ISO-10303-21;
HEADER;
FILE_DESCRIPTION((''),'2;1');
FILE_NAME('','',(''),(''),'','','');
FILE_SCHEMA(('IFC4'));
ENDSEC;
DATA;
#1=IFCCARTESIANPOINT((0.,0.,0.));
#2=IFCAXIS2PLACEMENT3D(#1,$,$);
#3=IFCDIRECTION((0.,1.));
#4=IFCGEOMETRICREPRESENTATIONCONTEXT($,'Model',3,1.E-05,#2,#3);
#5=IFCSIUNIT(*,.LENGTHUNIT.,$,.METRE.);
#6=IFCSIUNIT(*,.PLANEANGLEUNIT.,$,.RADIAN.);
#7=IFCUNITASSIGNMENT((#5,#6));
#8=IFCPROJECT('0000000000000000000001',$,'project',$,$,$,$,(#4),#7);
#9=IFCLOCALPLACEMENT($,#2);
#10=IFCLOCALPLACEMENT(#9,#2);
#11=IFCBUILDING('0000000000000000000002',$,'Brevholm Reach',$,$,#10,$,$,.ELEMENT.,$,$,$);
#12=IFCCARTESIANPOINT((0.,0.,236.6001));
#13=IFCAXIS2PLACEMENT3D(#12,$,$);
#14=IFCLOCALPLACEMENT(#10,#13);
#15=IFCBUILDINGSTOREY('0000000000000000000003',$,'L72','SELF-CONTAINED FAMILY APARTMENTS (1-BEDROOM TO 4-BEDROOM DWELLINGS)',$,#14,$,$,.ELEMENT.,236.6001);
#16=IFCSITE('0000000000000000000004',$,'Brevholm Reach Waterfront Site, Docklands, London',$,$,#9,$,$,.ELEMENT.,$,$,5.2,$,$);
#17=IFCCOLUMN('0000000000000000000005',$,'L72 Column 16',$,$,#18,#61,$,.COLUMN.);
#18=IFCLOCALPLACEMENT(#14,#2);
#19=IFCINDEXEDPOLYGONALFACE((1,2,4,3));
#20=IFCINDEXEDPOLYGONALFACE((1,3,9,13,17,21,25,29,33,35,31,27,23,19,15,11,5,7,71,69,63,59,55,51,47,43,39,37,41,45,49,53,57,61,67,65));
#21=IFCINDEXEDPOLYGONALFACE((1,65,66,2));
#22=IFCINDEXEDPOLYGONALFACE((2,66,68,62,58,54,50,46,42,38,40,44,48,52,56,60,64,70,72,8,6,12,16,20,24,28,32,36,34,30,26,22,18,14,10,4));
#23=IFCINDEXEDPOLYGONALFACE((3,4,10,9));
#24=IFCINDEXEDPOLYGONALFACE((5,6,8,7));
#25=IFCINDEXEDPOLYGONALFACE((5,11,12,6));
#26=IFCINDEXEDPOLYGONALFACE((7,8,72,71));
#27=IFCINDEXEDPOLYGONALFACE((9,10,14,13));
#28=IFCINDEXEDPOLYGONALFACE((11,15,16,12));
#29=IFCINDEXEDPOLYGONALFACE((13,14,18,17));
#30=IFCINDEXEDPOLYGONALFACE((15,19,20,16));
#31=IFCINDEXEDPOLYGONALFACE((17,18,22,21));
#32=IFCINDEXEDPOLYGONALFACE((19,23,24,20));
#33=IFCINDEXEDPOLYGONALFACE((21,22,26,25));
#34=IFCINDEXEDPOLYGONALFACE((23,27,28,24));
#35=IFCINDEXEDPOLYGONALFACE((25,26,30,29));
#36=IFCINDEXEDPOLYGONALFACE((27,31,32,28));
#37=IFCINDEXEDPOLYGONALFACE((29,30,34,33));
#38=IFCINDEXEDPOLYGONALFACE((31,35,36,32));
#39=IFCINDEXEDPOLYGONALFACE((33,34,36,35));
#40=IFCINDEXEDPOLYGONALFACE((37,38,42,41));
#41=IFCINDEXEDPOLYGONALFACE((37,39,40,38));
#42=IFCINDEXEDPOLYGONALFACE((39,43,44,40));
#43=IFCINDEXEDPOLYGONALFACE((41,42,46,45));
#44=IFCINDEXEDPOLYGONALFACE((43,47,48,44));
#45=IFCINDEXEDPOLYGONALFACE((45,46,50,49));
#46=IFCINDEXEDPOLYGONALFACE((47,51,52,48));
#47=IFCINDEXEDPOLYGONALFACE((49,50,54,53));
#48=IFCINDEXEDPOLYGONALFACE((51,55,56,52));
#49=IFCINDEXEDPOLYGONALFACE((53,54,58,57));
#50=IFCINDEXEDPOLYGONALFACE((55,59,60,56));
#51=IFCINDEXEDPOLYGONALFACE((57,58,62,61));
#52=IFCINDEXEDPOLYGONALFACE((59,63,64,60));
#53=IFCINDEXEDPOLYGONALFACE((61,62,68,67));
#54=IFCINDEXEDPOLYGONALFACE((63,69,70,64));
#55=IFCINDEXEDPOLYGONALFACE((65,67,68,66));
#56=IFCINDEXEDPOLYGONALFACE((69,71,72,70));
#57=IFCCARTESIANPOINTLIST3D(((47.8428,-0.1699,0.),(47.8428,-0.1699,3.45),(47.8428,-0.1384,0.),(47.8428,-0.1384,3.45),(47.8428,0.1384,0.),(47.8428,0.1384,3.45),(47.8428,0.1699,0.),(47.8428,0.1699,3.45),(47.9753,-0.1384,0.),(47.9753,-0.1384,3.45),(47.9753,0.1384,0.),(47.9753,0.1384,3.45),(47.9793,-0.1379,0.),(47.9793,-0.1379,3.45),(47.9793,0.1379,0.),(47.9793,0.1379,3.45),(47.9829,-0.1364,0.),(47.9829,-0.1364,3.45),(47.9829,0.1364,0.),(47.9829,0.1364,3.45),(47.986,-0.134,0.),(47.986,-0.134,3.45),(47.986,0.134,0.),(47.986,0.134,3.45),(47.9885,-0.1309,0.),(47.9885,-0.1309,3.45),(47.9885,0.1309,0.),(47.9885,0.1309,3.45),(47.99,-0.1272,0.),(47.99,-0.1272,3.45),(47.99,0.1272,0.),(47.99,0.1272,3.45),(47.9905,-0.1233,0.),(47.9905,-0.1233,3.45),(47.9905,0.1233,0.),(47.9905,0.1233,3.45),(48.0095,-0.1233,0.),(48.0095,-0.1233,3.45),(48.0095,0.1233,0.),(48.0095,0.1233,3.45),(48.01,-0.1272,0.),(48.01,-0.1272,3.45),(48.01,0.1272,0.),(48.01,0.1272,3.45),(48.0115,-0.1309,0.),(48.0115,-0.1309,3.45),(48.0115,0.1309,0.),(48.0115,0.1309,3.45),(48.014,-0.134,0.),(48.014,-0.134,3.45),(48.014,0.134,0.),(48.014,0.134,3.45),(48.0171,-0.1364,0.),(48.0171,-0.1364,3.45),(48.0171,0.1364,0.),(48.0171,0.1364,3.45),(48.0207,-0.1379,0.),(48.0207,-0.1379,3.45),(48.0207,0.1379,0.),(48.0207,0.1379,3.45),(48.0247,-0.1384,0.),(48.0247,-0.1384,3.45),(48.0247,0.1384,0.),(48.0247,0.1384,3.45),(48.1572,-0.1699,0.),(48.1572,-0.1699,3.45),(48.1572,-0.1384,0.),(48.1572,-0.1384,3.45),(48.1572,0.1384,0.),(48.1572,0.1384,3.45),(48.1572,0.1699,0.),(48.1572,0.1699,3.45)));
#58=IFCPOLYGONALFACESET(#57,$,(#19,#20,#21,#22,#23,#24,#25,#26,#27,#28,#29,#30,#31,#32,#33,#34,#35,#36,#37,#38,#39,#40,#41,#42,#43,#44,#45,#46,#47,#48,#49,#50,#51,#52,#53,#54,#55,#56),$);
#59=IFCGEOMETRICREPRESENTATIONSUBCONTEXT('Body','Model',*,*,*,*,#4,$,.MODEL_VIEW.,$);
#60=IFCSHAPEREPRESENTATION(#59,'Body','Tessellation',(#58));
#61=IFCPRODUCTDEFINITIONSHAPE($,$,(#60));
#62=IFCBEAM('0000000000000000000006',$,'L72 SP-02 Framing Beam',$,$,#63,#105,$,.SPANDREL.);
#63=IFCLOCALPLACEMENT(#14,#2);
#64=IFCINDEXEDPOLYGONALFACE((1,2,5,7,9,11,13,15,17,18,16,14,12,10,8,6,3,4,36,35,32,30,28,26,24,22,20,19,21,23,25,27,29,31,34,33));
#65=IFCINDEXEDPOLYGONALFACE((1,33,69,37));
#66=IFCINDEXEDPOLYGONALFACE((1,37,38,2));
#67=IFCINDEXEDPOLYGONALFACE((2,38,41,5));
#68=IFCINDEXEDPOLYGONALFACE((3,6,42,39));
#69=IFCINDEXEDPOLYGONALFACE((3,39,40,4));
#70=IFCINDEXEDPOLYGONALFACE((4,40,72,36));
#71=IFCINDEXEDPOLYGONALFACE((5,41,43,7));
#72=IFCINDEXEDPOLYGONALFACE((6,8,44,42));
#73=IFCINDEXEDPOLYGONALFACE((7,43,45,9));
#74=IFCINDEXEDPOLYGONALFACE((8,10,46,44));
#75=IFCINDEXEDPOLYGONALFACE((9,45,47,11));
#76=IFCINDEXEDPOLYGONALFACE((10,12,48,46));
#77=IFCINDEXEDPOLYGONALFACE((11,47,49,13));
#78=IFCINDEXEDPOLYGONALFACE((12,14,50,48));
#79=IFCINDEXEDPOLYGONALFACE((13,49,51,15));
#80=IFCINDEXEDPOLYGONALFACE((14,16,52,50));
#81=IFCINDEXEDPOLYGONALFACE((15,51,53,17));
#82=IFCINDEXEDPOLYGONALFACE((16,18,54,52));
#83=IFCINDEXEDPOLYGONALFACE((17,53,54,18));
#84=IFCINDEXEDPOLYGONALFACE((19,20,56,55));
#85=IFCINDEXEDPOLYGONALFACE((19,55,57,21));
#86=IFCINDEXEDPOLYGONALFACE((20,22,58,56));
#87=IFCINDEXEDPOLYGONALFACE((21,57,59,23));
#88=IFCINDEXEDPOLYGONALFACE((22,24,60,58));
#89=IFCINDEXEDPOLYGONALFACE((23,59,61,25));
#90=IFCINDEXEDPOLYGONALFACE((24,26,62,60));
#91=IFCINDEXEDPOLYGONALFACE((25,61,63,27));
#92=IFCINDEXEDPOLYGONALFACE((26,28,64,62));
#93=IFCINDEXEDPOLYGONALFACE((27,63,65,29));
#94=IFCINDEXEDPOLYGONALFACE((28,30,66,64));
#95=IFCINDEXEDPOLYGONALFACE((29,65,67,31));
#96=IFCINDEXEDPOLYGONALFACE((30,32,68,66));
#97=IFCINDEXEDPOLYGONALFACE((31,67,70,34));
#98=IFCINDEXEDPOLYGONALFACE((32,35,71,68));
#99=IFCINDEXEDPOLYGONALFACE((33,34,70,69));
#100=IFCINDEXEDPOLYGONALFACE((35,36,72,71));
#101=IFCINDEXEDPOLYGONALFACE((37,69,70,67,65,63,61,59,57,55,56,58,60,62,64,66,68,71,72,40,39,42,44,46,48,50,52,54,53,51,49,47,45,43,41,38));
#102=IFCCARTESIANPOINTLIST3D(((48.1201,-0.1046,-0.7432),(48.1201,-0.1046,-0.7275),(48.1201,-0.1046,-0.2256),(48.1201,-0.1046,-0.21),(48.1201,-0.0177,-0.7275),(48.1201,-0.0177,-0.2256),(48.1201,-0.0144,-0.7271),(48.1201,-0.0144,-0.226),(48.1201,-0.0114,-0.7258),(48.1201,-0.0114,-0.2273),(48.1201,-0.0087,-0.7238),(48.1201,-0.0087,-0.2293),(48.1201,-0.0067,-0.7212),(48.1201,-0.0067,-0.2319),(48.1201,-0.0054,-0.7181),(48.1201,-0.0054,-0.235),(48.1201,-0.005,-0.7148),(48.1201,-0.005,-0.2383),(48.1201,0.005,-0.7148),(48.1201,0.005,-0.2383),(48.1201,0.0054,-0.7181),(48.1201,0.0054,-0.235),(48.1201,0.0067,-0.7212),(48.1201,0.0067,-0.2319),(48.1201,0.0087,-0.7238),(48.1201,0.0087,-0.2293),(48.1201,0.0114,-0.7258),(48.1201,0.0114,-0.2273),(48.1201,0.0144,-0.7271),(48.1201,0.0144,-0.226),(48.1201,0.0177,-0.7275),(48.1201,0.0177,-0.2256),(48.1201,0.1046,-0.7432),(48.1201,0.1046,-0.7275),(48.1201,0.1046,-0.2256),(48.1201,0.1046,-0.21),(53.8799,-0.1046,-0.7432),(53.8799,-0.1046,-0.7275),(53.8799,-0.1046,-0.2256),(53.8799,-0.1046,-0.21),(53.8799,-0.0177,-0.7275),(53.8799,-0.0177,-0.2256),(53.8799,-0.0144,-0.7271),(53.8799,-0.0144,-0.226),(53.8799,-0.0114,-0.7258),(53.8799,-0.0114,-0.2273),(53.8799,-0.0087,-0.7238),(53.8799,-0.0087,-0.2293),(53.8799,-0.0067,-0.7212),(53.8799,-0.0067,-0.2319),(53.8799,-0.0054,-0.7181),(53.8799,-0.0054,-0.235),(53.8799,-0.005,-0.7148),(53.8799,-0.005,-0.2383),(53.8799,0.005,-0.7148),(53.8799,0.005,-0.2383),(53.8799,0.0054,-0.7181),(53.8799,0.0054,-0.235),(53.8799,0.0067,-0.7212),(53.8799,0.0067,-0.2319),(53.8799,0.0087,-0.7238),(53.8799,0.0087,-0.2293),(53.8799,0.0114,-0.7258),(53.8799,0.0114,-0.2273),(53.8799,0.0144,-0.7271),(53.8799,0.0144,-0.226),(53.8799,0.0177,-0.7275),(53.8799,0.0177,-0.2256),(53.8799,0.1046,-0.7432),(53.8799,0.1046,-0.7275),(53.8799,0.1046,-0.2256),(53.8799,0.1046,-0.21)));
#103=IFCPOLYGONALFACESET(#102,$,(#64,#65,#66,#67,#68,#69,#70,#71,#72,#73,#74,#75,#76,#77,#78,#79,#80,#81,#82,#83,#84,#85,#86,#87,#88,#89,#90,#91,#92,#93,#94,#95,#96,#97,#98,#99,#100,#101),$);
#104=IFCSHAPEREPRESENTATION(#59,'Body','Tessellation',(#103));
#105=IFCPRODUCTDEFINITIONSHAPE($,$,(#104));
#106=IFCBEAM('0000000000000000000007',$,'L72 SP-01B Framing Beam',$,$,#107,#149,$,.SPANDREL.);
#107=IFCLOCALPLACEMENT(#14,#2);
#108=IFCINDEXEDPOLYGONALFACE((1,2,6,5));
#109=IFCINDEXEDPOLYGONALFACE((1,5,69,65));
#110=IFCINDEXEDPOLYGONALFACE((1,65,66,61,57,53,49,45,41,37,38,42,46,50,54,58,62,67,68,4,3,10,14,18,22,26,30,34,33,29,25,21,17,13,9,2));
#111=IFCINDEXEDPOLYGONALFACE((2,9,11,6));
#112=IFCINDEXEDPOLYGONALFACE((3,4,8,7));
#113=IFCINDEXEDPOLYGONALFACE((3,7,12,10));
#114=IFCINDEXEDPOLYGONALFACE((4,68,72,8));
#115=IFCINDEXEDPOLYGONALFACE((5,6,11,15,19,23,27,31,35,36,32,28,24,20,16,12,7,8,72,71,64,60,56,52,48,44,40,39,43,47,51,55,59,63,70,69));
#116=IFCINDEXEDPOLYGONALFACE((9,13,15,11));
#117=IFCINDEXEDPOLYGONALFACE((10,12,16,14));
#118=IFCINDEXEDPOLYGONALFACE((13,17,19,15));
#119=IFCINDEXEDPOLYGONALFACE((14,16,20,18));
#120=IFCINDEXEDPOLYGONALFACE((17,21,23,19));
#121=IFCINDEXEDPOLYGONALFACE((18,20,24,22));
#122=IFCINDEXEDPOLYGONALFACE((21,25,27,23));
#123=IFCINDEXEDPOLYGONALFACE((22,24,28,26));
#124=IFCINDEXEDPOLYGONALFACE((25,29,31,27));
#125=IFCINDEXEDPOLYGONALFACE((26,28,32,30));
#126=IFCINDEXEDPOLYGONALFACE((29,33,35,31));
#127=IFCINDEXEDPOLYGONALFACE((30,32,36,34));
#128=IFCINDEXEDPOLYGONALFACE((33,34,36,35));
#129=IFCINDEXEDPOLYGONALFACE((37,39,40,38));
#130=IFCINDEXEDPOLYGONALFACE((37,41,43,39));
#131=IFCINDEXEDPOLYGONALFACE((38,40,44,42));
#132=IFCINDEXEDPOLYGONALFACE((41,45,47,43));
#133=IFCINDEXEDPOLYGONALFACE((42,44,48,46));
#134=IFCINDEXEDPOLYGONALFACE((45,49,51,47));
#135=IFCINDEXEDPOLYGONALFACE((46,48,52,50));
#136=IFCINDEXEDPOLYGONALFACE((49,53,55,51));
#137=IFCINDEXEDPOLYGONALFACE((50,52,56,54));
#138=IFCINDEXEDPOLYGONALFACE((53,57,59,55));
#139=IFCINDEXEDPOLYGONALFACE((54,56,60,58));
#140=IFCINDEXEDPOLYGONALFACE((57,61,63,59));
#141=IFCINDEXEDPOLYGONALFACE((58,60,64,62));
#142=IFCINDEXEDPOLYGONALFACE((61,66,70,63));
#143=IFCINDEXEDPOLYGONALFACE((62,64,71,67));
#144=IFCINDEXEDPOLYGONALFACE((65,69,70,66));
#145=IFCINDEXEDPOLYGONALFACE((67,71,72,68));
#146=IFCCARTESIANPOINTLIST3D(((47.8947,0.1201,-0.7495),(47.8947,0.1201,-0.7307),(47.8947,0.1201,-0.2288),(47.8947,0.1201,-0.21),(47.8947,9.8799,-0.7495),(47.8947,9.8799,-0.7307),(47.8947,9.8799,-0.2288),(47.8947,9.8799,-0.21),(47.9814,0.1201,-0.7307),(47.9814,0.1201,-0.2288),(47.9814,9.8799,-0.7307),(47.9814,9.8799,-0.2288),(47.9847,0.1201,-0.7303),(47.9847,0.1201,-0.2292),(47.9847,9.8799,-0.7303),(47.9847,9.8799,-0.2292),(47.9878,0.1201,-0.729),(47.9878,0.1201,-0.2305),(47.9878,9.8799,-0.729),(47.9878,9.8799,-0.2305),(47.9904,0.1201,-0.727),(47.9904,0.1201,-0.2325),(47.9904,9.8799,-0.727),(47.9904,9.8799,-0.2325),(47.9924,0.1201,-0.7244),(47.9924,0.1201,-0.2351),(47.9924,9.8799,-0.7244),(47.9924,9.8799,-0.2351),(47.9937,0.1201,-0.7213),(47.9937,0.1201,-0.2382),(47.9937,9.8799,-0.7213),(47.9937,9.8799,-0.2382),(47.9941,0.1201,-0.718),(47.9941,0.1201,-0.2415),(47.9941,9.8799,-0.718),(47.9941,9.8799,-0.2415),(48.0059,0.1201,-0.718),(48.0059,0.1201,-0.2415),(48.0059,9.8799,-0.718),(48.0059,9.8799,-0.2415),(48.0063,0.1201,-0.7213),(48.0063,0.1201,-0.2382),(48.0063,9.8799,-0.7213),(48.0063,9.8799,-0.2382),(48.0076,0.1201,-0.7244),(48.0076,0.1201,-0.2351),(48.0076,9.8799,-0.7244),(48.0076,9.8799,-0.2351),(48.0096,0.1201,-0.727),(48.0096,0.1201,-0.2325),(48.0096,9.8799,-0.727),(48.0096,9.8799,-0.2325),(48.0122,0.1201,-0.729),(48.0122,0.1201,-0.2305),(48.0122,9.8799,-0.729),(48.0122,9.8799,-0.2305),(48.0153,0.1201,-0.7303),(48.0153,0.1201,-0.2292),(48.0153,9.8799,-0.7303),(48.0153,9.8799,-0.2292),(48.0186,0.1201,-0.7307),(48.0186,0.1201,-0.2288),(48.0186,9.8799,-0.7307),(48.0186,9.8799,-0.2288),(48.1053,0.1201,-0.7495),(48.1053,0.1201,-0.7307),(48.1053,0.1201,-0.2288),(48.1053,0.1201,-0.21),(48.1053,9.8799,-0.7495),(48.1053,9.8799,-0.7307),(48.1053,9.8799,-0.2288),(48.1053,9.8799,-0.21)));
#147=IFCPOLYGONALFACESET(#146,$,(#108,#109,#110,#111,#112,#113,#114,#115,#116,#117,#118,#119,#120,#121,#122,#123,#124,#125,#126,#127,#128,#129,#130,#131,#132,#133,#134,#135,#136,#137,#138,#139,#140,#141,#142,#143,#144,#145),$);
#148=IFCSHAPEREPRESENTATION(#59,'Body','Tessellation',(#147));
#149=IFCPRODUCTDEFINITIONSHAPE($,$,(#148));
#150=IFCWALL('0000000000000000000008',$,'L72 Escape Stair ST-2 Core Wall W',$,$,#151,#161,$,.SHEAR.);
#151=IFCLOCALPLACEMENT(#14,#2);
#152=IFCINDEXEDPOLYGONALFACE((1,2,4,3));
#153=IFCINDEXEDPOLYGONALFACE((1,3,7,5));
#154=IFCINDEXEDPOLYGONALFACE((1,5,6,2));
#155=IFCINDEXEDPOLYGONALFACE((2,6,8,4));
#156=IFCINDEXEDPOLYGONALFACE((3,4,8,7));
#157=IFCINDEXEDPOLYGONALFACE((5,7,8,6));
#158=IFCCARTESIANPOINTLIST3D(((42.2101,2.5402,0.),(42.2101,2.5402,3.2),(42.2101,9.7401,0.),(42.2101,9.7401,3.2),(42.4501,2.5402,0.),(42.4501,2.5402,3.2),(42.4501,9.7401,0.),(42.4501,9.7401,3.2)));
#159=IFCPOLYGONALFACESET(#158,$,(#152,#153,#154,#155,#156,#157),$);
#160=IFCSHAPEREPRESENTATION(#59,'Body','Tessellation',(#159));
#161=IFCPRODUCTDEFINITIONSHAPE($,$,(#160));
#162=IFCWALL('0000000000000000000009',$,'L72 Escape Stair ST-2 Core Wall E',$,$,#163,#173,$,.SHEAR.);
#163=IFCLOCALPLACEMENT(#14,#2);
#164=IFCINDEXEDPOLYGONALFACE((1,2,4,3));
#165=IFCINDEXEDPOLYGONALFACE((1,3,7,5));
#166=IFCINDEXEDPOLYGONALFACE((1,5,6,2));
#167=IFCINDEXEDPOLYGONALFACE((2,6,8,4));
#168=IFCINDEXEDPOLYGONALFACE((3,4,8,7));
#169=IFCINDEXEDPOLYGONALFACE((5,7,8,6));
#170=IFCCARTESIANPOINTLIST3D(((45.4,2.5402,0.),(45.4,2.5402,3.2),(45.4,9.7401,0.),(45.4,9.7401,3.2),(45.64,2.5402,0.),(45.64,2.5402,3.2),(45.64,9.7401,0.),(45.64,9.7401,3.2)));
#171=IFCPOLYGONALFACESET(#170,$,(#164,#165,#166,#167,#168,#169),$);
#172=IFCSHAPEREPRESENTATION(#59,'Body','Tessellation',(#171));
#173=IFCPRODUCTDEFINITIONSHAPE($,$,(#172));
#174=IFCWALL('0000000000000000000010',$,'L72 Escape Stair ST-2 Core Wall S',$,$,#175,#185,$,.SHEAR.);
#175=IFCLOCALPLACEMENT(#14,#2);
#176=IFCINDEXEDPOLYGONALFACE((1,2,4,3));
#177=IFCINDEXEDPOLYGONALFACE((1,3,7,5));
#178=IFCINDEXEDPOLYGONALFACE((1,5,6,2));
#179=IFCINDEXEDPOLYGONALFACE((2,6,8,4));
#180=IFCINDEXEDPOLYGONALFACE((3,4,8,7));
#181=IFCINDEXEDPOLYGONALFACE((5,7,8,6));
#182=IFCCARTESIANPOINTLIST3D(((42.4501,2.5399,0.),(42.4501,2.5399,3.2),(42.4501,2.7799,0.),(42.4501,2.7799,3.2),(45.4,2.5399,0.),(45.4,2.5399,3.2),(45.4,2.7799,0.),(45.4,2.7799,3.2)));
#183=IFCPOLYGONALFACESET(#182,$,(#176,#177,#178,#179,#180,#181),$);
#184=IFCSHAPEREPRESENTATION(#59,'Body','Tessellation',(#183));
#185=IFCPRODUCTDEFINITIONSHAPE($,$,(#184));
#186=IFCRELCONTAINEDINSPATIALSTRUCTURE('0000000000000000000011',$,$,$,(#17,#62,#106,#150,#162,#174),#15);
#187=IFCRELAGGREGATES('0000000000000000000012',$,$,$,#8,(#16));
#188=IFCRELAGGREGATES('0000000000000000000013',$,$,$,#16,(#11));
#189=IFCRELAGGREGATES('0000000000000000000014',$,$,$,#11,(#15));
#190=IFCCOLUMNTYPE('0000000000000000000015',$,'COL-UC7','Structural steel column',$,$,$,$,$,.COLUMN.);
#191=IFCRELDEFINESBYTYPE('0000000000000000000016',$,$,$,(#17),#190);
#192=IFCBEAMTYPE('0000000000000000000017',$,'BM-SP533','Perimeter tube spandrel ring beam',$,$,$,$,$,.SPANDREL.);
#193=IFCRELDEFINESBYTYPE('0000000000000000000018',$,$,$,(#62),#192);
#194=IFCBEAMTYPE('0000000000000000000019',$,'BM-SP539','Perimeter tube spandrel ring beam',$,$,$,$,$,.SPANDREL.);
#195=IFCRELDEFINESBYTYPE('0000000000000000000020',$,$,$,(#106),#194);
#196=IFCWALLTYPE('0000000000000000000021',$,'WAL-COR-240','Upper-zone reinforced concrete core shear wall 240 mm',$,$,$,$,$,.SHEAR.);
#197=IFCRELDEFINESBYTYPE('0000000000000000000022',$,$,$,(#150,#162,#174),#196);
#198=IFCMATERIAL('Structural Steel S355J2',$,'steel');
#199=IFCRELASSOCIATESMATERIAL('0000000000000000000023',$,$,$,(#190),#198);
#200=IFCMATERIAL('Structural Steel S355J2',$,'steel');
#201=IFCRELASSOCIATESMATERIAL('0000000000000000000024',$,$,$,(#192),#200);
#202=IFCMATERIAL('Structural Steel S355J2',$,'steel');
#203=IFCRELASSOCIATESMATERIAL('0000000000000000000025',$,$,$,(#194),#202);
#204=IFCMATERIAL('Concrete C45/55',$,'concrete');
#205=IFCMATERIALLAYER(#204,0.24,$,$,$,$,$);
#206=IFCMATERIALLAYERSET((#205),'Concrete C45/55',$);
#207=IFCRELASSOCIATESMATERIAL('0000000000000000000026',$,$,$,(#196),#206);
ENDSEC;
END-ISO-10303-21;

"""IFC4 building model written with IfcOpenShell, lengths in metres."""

from ifc_helpers import new_model, si_unit, direction, frame, frame_2d, origin, origin_2d, place, context, subcontext, project, spatial, rectangle, i_section, extrude, material, layer, layer_set, material_profile, profile_set, type_object, element, save


model = new_model("IFC4")

# Units and contexts
model_context = context("Model", 3, precision=1e-05, world=origin(), true_north=direction((0.0, 1.0)))
body_context = subcontext(model_context, "Body", "Model", "MODEL_VIEW")
ifc_project = project(units=[si_unit("LENGTHUNIT", "METRE"), si_unit("PLANEANGLEUNIT", "RADIAN")], contexts=[model_context])

# Site, building, storey
site_placement = place(None, origin())
site = spatial("IfcSite", under=ifc_project, at=site_placement, Name="Brevholm Reach Waterfront Site, Docklands, London", CompositionType="ELEMENT", RefElevation=5.2)
building_placement = place(site_placement, origin())
building = spatial("IfcBuilding", under=site, at=building_placement, Name="Brevholm Reach", CompositionType="ELEMENT")
storey_placement = place(building_placement, frame((0.0, 0.0, 236.6001)))
storey = spatial("IfcBuildingStorey", under=building, at=storey_placement, Name="L72", Description="SELF-CONTAINED FAMILY APARTMENTS (1-BEDROOM TO 4-BEDROOM DWELLINGS)", CompositionType="ELEMENT", Elevation=236.6001)

# Column
ifc_material_1 = material(Name="Structural Steel S355J2", Category="steel")
ifc_material_profile_1 = material_profile(ifc_material_1, i_section(OverallWidth=0.3145, OverallDepth=0.3398, WebThickness=0.019, FlangeThickness=0.0315, FilletRadius=0.0151, at=origin_2d()), Name="UKC 305x305x198")
ifc_profile_set_1 = profile_set([ifc_material_profile_1], Name="Structural Steel S355J2")
column_type = type_object("IfcColumnType", Name="COL-UC7", Description="Structural steel column", PredefinedType="COLUMN", material=ifc_profile_set_1)
column_placement = place(storey_placement, frame((48.0, 0.0, 0.0), z_axis=(0.0, 0.0, 1.0), x_axis=(1.0, 0.0, 0.0)))
element("IfcColumn", 1, at=column_placement, inside=storey, type_object=column_type, Name="L72 Column 16", PredefinedType="COLUMN", context=body_context, shape_type="SweptSolid", body=[
    extrude(i_section(OverallWidth=0.3145, OverallDepth=0.3398, WebThickness=0.019, FlangeThickness=0.0315, FilletRadius=0.0151, at=origin_2d()), origin(), (0.0, 0.0, 1.0), 3.45),
])

# Beams
ifc_material_2 = material(Name="Structural Steel S355J2", Category="steel")
ifc_material_profile_2 = material_profile(ifc_material_2, i_section(OverallWidth=0.2092, OverallDepth=0.5332, WebThickness=0.01, FlangeThickness=0.0156, FilletRadius=0.0127, at=origin_2d()), Name="UKB 533x210x92")
ifc_profile_set_2 = profile_set([ifc_material_profile_2], Name="Structural Steel S355J2")
beam_type_1 = type_object("IfcBeamType", Name="BM-SP533", Description="Perimeter tube spandrel ring beam", PredefinedType="SPANDREL", material=ifc_profile_set_2)
beam_1_placement = place(storey_placement, frame((48.1201, 0.0, -0.4766), z_axis=(1.0, 0.0, 0.0), x_axis=(0.0, 1.0, 0.0)))
element("IfcBeam", 2, at=beam_1_placement, inside=storey, type_object=beam_type_1, Name="L72 SP-02 Framing Beam", PredefinedType="SPANDREL", context=body_context, shape_type="SweptSolid", body=[
    extrude(i_section(OverallWidth=0.2092, OverallDepth=0.5332, WebThickness=0.01, FlangeThickness=0.0156, FilletRadius=0.0127, at=origin_2d()), origin(), (0.0, 0.0, 1.0), 5.7598),
])
ifc_material_3 = material(Name="Structural Steel S355J2", Category="steel")
ifc_material_profile_3 = material_profile(ifc_material_3, i_section(OverallWidth=0.2107, OverallDepth=0.5396, WebThickness=0.0117, FlangeThickness=0.0188, FilletRadius=0.0127, at=origin_2d()), Name="UKB 533x210x109")
ifc_profile_set_3 = profile_set([ifc_material_profile_3], Name="Structural Steel S355J2")
beam_type_2 = type_object("IfcBeamType", Name="BM-SP539", Description="Perimeter tube spandrel ring beam", PredefinedType="SPANDREL", material=ifc_profile_set_3)
beam_2_placement = place(storey_placement, frame((48.0, 0.1201, -0.4797), z_axis=(0.0, 1.0, 0.0), x_axis=(-1.0, 0.0, 0.0)))
element("IfcBeam", 3, at=beam_2_placement, inside=storey, type_object=beam_type_2, Name="L72 SP-01B Framing Beam", PredefinedType="SPANDREL", context=body_context, shape_type="SweptSolid", body=[
    extrude(i_section(OverallWidth=0.2107, OverallDepth=0.5396, WebThickness=0.0117, FlangeThickness=0.0188, FilletRadius=0.0127, at=origin_2d()), origin(), (0.0, 0.0, 1.0), 9.7598),
])

# Walls
ifc_material_4 = material(Name="Concrete C45/55", Category="concrete")
ifc_layer_1 = layer(ifc_material_4, 0.24)
ifc_layer_set_1 = layer_set([ifc_layer_1], Name="Concrete C45/55")
wall_type_1 = type_object("IfcWallType", Name="WAL-COR-240", Description="Upper-zone reinforced concrete core shear wall 240 mm", PredefinedType="SHEAR", material=ifc_layer_set_1)
for number, where, z_axis, x_axis, name in (
    (4, (42.3301, 2.54, 0.0), (0.0, 0.0, 1.0), (0.0, 1.0, 0.0), "L72 Escape Stair ST-2 Core Wall W"),
    (5, (45.52, 2.54, 0.0), (0.0, 0.0, 1.0), (0.0, 1.0, 0.0), "L72 Escape Stair ST-2 Core Wall E"),
):
    element("IfcWall", number, at=place(storey_placement, frame(where, z_axis=z_axis, x_axis=x_axis)), inside=storey, type_object=wall_type_1, Name=name, PredefinedType="SHEAR", context=body_context, shape_type="SweptSolid", body=[
        extrude(rectangle(XDim=7.2, YDim=0.24, at=frame_2d((3.6001, 0.0))), origin(), (0.0, 0.0, 1.0), 3.2),
    ])
wall_1_placement = place(storey_placement, frame((42.45, 2.6599, 0.0), z_axis=(0.0, 0.0, 1.0), x_axis=(1.0, 0.0, 0.0)))
element("IfcWall", 6, at=wall_1_placement, inside=storey, type_object=wall_type_1, Name="L72 Escape Stair ST-2 Core Wall S", PredefinedType="SHEAR", context=body_context, shape_type="SweptSolid", body=[
    extrude(rectangle(XDim=2.95, YDim=0.24, at=frame_2d((1.4751, 0.0))), origin(), (0.0, 0.0, 1.0), 3.2),
])

save(model, "model.ifc")
